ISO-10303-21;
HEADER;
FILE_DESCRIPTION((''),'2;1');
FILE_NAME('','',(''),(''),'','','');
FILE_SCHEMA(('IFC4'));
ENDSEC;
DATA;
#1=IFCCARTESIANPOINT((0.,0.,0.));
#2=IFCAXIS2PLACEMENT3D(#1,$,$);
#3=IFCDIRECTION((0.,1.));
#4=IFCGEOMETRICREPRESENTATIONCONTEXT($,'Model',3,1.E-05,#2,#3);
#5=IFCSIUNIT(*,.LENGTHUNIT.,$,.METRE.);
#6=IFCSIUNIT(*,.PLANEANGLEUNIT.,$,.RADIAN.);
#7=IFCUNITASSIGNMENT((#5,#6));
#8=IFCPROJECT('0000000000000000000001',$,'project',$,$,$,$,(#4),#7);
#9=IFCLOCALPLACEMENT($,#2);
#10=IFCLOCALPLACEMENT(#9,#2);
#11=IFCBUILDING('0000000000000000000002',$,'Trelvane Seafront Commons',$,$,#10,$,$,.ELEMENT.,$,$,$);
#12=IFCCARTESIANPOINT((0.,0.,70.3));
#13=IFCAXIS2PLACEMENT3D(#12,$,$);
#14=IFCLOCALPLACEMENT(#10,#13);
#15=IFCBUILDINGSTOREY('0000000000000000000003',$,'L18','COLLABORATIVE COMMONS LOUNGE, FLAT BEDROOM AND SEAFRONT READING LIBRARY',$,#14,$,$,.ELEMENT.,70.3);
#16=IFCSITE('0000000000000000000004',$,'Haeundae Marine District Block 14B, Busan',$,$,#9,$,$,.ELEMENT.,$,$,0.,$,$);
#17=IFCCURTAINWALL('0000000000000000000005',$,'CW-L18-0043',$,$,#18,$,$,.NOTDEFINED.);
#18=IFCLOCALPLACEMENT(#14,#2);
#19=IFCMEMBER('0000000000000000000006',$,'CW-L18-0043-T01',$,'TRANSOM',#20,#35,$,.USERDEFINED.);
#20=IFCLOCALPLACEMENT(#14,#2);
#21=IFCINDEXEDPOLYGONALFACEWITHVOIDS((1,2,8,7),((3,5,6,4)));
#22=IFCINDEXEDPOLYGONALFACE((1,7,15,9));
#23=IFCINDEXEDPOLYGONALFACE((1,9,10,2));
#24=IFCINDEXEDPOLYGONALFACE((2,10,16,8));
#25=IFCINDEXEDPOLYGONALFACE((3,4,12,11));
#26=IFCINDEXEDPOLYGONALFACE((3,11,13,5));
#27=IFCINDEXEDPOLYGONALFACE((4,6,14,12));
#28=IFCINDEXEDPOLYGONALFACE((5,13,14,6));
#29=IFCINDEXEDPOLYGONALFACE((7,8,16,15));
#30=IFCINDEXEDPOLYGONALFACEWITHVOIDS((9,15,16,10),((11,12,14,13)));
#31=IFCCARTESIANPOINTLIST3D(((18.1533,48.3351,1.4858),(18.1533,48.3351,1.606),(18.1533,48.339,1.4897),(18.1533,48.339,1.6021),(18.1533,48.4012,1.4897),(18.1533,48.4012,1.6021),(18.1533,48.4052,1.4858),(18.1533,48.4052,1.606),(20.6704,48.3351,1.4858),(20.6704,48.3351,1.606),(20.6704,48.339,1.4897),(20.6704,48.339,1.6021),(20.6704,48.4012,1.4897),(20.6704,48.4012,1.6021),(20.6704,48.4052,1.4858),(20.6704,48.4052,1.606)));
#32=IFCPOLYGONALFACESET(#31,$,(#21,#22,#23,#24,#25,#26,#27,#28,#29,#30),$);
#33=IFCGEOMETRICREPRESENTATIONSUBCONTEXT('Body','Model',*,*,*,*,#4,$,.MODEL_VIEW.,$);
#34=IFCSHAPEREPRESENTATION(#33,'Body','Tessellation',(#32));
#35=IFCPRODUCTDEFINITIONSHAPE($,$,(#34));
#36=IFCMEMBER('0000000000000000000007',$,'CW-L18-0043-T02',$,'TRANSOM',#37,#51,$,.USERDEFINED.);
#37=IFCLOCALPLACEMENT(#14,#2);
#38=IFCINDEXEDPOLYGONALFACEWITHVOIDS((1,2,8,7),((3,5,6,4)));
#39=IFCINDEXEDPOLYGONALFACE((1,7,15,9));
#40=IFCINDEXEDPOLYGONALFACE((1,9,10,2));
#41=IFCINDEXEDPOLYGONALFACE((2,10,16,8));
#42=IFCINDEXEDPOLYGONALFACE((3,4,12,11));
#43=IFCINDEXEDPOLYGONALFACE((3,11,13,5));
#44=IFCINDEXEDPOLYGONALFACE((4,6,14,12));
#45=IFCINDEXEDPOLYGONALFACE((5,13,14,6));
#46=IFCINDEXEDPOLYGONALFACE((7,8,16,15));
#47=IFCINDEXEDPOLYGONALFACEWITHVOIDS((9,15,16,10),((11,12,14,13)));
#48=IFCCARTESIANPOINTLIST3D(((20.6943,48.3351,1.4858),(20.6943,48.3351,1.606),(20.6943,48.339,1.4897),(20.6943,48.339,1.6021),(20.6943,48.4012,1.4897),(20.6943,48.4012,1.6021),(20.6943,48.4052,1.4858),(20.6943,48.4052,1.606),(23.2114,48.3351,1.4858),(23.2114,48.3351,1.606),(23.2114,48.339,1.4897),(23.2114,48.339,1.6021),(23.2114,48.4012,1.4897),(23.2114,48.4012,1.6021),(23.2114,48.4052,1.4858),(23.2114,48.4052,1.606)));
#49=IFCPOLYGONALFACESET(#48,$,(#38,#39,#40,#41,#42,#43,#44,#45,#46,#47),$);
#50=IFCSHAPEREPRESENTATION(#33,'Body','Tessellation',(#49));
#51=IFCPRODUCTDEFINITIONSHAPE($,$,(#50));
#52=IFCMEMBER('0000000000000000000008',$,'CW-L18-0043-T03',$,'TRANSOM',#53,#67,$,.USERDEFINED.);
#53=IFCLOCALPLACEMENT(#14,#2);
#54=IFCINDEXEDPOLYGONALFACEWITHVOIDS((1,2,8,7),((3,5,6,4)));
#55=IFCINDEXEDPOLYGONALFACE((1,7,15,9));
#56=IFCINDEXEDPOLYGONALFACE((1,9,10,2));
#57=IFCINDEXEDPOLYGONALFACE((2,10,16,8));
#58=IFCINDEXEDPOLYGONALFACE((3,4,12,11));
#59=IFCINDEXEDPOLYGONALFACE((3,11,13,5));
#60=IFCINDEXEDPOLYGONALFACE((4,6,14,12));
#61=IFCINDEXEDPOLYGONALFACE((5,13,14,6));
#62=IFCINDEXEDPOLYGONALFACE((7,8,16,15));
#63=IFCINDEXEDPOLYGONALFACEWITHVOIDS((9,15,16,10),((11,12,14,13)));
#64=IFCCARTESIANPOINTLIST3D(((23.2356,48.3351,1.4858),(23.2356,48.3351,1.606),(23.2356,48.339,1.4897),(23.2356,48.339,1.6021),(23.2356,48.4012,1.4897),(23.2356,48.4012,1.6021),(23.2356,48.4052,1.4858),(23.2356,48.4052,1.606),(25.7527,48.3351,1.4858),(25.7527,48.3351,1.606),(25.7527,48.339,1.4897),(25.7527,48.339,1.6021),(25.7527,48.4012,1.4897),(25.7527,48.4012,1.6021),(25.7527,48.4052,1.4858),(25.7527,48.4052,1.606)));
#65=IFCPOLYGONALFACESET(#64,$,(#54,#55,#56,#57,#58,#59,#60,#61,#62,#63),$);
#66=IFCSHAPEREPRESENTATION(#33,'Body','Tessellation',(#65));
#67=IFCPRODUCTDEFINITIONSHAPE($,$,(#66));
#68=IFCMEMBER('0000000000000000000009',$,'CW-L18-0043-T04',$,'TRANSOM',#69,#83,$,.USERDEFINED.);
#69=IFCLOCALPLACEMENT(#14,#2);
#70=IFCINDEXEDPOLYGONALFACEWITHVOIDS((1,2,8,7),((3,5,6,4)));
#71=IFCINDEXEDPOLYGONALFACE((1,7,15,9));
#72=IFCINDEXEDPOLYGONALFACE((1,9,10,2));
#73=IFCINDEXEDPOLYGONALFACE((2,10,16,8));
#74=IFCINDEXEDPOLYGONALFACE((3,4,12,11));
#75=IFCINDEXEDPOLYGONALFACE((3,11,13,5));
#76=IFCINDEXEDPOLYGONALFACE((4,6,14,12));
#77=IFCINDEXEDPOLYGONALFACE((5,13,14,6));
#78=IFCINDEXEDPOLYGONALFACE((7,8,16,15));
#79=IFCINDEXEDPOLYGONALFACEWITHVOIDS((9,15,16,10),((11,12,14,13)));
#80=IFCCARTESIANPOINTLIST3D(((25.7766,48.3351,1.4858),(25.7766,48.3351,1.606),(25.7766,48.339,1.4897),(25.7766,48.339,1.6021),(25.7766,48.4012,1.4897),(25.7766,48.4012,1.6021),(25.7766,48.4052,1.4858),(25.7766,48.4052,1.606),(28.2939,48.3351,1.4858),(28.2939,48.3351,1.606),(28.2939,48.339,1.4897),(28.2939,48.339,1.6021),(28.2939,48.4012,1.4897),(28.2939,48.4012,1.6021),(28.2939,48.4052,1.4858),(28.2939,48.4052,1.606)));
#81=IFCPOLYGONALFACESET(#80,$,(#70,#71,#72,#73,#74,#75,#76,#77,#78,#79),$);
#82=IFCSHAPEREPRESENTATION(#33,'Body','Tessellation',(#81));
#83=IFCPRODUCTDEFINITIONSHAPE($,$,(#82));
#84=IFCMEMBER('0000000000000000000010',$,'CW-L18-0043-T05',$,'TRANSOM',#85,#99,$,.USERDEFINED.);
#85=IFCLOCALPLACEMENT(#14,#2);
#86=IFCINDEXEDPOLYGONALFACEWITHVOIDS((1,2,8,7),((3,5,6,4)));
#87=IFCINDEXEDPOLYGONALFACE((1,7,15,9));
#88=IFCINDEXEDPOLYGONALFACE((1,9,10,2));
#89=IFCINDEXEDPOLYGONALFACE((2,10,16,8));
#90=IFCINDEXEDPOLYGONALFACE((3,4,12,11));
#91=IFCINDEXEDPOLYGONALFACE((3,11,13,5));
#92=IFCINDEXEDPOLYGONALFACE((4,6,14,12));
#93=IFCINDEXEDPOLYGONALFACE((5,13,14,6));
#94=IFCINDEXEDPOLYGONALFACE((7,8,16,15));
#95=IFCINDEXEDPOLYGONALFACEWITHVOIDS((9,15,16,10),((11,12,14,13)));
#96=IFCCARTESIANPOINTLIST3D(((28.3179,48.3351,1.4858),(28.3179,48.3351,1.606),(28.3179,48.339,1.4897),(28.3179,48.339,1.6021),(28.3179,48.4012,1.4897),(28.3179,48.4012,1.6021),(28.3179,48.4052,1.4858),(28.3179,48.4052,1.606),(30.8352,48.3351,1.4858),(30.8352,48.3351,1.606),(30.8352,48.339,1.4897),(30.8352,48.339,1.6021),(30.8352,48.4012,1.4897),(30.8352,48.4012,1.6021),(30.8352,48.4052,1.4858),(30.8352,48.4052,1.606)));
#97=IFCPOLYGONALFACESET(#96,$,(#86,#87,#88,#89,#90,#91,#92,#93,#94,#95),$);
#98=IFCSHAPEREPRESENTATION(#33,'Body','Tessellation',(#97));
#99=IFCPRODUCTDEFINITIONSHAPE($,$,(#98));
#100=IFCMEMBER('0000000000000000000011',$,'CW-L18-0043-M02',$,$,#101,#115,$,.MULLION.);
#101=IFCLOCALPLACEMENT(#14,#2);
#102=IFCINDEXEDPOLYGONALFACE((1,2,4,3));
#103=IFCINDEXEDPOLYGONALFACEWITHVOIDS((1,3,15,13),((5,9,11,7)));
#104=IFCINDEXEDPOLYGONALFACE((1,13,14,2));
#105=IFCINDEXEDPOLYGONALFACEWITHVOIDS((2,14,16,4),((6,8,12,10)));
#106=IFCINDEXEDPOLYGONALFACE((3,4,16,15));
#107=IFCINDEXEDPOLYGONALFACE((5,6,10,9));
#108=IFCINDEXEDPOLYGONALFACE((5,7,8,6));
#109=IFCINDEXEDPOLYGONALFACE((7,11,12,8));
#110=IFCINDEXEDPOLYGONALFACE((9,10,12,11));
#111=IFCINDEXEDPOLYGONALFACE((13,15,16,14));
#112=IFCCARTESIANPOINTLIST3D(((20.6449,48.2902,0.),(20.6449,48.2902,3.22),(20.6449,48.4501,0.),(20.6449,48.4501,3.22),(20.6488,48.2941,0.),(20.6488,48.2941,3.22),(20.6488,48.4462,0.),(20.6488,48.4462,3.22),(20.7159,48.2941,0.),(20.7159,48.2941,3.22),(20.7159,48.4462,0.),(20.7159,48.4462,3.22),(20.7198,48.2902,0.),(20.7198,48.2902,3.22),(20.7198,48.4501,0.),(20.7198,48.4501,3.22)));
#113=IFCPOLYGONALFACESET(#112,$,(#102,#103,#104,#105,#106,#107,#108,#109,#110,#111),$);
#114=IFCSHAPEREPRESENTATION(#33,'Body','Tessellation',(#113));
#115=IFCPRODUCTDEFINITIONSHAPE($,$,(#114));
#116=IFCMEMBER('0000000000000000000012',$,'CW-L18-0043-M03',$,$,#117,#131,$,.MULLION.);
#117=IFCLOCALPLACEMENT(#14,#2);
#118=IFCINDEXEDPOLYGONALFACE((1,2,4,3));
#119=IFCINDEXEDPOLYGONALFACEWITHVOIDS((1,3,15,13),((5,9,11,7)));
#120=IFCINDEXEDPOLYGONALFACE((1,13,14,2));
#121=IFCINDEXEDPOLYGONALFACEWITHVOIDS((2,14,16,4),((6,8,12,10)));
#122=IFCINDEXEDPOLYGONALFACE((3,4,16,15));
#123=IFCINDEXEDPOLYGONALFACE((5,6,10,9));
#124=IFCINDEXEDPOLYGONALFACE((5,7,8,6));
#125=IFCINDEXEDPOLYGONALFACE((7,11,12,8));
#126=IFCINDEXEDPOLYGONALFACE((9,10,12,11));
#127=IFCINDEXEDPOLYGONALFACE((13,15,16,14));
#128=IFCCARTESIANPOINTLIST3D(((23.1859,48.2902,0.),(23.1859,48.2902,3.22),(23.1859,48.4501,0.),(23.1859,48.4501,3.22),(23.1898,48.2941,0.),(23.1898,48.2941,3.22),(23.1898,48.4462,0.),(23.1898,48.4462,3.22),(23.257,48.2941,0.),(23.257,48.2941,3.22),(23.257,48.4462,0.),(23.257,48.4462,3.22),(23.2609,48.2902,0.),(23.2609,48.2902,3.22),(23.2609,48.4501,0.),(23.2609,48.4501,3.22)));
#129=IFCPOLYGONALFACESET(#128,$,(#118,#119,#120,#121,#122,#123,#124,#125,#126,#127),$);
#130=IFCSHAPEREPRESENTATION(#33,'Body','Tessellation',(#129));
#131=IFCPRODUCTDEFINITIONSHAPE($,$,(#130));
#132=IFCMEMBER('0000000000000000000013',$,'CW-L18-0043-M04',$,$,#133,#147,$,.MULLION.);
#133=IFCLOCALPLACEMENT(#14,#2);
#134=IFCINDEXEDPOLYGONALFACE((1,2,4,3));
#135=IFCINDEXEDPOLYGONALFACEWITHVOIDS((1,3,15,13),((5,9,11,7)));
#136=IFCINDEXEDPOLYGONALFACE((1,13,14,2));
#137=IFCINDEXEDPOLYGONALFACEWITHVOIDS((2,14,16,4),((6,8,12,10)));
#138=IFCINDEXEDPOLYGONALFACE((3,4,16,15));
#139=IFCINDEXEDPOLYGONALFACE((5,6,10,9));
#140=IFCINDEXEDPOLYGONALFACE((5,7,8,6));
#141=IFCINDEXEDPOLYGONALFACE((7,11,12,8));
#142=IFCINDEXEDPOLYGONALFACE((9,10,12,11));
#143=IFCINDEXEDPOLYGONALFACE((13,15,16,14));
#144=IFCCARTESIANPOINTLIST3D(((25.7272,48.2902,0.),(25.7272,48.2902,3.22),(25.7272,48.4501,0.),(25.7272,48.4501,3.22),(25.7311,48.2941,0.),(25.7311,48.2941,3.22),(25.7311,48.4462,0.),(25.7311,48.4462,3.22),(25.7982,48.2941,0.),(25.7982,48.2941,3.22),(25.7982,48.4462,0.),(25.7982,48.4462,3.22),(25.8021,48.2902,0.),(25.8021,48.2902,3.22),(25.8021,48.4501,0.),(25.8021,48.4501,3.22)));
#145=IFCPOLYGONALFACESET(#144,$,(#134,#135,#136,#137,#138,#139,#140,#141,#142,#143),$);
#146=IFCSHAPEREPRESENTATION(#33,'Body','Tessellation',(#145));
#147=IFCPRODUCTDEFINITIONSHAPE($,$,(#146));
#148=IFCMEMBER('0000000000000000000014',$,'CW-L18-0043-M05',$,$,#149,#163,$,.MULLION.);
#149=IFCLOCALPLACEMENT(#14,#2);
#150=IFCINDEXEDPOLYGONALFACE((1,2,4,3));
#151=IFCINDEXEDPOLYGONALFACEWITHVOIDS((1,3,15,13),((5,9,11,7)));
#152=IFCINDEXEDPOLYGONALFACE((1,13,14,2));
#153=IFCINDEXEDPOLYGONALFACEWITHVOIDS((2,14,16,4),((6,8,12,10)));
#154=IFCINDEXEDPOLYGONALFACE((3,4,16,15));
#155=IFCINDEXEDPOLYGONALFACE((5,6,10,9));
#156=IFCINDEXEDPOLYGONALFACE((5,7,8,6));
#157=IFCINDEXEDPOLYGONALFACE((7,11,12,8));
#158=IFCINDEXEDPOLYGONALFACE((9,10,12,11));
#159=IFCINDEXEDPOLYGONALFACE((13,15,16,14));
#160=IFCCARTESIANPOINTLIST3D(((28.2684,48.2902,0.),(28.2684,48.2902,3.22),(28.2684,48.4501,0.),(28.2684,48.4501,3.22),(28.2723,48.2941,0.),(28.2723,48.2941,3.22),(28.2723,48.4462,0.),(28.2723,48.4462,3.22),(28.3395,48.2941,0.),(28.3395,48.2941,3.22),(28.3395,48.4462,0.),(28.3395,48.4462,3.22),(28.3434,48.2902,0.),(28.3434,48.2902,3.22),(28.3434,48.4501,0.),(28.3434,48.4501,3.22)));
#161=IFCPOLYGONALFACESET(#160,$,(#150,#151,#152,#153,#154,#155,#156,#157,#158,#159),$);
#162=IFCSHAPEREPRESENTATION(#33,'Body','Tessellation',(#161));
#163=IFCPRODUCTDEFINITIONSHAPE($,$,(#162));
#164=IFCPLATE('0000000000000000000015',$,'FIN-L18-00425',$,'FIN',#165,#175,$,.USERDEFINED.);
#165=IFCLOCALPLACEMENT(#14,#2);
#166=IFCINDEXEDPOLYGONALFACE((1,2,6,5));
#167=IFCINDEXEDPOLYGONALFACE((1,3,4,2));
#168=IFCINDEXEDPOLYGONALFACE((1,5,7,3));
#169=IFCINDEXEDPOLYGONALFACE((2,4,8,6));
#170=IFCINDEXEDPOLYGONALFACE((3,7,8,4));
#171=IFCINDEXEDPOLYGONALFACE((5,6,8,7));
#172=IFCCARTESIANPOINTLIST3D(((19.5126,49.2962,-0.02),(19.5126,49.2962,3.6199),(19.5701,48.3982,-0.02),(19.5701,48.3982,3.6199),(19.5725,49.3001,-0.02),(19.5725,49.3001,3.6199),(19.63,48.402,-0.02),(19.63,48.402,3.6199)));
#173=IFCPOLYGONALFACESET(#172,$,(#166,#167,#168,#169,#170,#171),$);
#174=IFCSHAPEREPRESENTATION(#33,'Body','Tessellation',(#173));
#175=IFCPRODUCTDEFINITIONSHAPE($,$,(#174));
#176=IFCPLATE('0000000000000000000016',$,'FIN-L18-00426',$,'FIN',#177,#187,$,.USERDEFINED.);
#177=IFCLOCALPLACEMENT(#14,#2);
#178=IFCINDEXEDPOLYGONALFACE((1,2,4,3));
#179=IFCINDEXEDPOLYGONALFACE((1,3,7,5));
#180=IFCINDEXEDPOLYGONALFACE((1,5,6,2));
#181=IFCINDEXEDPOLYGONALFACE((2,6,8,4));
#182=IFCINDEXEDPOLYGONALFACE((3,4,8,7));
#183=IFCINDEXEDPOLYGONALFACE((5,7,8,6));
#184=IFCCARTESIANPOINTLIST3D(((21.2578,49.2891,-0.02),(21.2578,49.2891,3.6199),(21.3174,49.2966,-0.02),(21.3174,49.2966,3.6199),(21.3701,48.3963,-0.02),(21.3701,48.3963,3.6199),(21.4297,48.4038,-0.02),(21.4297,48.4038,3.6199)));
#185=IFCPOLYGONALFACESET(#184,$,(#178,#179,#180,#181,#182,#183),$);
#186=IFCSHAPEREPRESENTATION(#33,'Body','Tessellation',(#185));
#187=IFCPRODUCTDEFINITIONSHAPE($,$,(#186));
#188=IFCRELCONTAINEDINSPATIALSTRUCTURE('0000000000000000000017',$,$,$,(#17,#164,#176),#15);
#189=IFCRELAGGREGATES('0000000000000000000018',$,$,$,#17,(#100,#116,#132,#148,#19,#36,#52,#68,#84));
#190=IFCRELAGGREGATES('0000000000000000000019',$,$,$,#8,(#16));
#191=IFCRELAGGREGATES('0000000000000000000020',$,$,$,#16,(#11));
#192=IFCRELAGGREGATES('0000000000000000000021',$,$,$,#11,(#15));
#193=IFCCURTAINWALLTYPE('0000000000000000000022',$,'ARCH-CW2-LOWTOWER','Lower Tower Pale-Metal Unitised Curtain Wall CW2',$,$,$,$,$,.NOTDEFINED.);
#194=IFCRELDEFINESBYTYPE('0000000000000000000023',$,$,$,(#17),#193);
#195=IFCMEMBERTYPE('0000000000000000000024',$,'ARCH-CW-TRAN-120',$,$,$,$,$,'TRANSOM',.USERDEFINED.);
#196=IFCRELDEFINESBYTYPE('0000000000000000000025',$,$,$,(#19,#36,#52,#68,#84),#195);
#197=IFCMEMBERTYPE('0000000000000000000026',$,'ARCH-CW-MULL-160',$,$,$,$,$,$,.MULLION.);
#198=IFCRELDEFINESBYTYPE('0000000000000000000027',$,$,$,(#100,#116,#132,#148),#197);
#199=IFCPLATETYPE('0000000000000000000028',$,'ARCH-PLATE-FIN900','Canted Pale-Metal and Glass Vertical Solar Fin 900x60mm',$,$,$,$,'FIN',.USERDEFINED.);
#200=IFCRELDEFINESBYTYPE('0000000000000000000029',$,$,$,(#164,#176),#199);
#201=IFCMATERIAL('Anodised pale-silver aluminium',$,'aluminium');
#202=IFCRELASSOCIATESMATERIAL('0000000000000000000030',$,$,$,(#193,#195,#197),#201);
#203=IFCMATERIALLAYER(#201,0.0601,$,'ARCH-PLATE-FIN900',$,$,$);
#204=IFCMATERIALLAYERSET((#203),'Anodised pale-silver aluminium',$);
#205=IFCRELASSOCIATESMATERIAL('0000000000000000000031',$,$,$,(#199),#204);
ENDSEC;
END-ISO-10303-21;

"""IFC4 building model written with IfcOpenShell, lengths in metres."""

from ifc_helpers import new_model, si_unit, direction, frame, origin, origin_2d, place, context, subcontext, project, spatial, rectangle, hollow_rectangle, extrude, source, transform, mapped, material, layer, layer_set, material_profile, profile_set, type_object, element, aggregate, save


model = new_model("IFC4")

# Units and contexts
model_context = context("Model", 3, precision=1e-05, world=origin(), true_north=direction((0.0, 1.0)))
body_context = subcontext(model_context, "Body", "Model", "MODEL_VIEW")
ifc_project = project(units=[si_unit("LENGTHUNIT", "METRE"), si_unit("PLANEANGLEUNIT", "RADIAN")], contexts=[model_context])

# Site, building, storey
site_placement = place(None, origin())
site = spatial("IfcSite", under=ifc_project, at=site_placement, Name="Haeundae Marine District Block 14B, Busan", CompositionType="ELEMENT", RefElevation=0.0)
building_placement = place(site_placement, origin())
building = spatial("IfcBuilding", under=site, at=building_placement, Name="Trelvane Seafront Commons", CompositionType="ELEMENT")
storey_placement = place(building_placement, frame((0.0, 0.0, 70.3)))
storey = spatial("IfcBuildingStorey", under=building, at=storey_placement, Name="L18", Description="COLLABORATIVE COMMONS LOUNGE, FLAT BEDROOM AND SEAFRONT READING LIBRARY", CompositionType="ELEMENT", Elevation=70.3)

# Curtain wall, members
ifc_material_1 = material(Name="Anodised pale-silver aluminium", Category="aluminium")
curtain_wall_type = type_object("IfcCurtainWallType", Name="ARCH-CW2-LOWTOWER", Description="Lower Tower Pale-Metal Unitised Curtain Wall CW2", PredefinedType="NOTDEFINED", material=ifc_material_1)
curtain_wall_placement = place(storey_placement, origin())
curtain_wall = element("IfcCurtainWall", 1, at=curtain_wall_placement, inside=storey, type_object=curtain_wall_type, Name="CW-L18-0043", PredefinedType="NOTDEFINED")
ifc_material_profile_1 = material_profile(ifc_material_1, hollow_rectangle(XDim=0.0701, YDim=0.1201, WallThickness=0.0039, at=origin_2d()), Name="TRAN-70x120x4")
ifc_profile_set_1 = profile_set([ifc_material_profile_1], Name="Anodised pale-silver aluminium")
member_type_1 = type_object("IfcMemberType", Name="ARCH-CW-TRAN-120", ElementType="TRANSOM", PredefinedType="USERDEFINED", material=ifc_profile_set_1)
shared_shape_1 = source(origin(), body_context, "Body", "SweptSolid", [
    extrude(hollow_rectangle(XDim=0.0701, YDim=0.1201, WallThickness=0.0039, at=origin_2d()), origin(), (0.0, 0.0, 1.0), 2.5171),
])
member_1_placement = place(storey_placement, frame((18.1533, 48.3701, 1.5459), z_axis=(1.0, 0.0, 0.0), x_axis=(0.0, 1.0, 0.0)))
member_1 = element("IfcMember", 2, at=member_1_placement, type_object=member_type_1, Name="CW-L18-0043-T01", ObjectType="TRANSOM", PredefinedType="USERDEFINED", context=body_context, shape_type="MappedRepresentation", body=[
    mapped(shared_shape_1, transform((0.0, 0.0, 0.0), x_axis=(1.0, 0.0, 0.0), y_axis=(0.0, 1.0, 0.0), z_axis=(0.0, 0.0, 1.0), scale=1.0)),
])
member_2_placement = place(storey_placement, frame((20.6943, 48.3701, 1.5459), z_axis=(1.0, 0.0, 0.0), x_axis=(0.0, 1.0, 0.0)))
member_2 = element("IfcMember", 3, at=member_2_placement, type_object=member_type_1, Name="CW-L18-0043-T02", ObjectType="TRANSOM", PredefinedType="USERDEFINED", context=body_context, shape_type="MappedRepresentation", body=[
    mapped(shared_shape_1, transform((0.0, 0.0, 0.0), x_axis=(1.0, 0.0, 0.0), y_axis=(0.0, 1.0, 0.0), z_axis=(0.0, 0.0, 1.0), scale=1.0)),
])
member_3_placement = place(storey_placement, frame((23.2356, 48.3701, 1.5459), z_axis=(1.0, 0.0, 0.0), x_axis=(0.0, 1.0, 0.0)))
member_3 = element("IfcMember", 4, at=member_3_placement, type_object=member_type_1, Name="CW-L18-0043-T03", ObjectType="TRANSOM", PredefinedType="USERDEFINED", context=body_context, shape_type="MappedRepresentation", body=[
    mapped(shared_shape_1, transform((0.0, 0.0, 0.0), x_axis=(1.0, 0.0, 0.0), y_axis=(0.0, 1.0, 0.0), z_axis=(0.0, 0.0, 1.0), scale=1.0)),
])
shared_shape_2 = source(origin(), body_context, "Body", "SweptSolid", [
    extrude(hollow_rectangle(XDim=0.0701, YDim=0.1201, WallThickness=0.0039, at=origin_2d()), origin(), (0.0, 0.0, 1.0), 2.5173),
])
member_4_placement = place(storey_placement, frame((25.7766, 48.3701, 1.5459), z_axis=(1.0, 0.0, 0.0), x_axis=(0.0, 1.0, 0.0)))
member_4 = element("IfcMember", 5, at=member_4_placement, type_object=member_type_1, Name="CW-L18-0043-T04", ObjectType="TRANSOM", PredefinedType="USERDEFINED", context=body_context, shape_type="MappedRepresentation", body=[
    mapped(shared_shape_2, transform((0.0, 0.0, 0.0), x_axis=(1.0, 0.0, 0.0), y_axis=(0.0, 1.0, 0.0), z_axis=(0.0, 0.0, 1.0), scale=1.0)),
])
member_5_placement = place(storey_placement, frame((28.3179, 48.3701, 1.5459), z_axis=(1.0, 0.0, 0.0), x_axis=(0.0, 1.0, 0.0)))
member_5 = element("IfcMember", 6, at=member_5_placement, type_object=member_type_1, Name="CW-L18-0043-T05", ObjectType="TRANSOM", PredefinedType="USERDEFINED", context=body_context, shape_type="MappedRepresentation", body=[
    mapped(shared_shape_2, transform((0.0, 0.0, 0.0), x_axis=(1.0, 0.0, 0.0), y_axis=(0.0, 1.0, 0.0), z_axis=(0.0, 0.0, 1.0), scale=1.0)),
])
ifc_material_profile_2 = material_profile(ifc_material_1, hollow_rectangle(XDim=0.075, YDim=0.1599, WallThickness=0.0039, at=origin_2d()), Name="MULL-75x160x4")
ifc_profile_set_2 = profile_set([ifc_material_profile_2], Name="Anodised pale-silver aluminium")
member_type_2 = type_object("IfcMemberType", Name="ARCH-CW-MULL-160", PredefinedType="MULLION", material=ifc_profile_set_2)
shared_shape_3 = source(origin(), body_context, "Body", "SweptSolid", [
    extrude(hollow_rectangle(XDim=0.075, YDim=0.1599, WallThickness=0.0039, at=origin_2d()), origin(), (0.0, 0.0, 1.0), 3.22),
])
member_6_placement = place(storey_placement, frame((20.6824, 48.3701, 0.0), z_axis=(0.0, 0.0, 1.0), x_axis=(1.0, 0.0, 0.0)))
member_6 = element("IfcMember", 7, at=member_6_placement, type_object=member_type_2, Name="CW-L18-0043-M02", PredefinedType="MULLION", context=body_context, shape_type="MappedRepresentation", body=[
    mapped(shared_shape_3, transform((0.0, 0.0, 0.0), x_axis=(1.0, 0.0, 0.0), y_axis=(0.0, 1.0, 0.0), z_axis=(0.0, 0.0, 1.0), scale=1.0)),
])
member_7_placement = place(storey_placement, frame((23.2234, 48.3701, 0.0), z_axis=(0.0, 0.0, 1.0), x_axis=(1.0, 0.0, 0.0)))
member_7 = element("IfcMember", 8, at=member_7_placement, type_object=member_type_2, Name="CW-L18-0043-M03", PredefinedType="MULLION", context=body_context, shape_type="MappedRepresentation", body=[
    mapped(shared_shape_3, transform((0.0, 0.0, 0.0), x_axis=(1.0, 0.0, 0.0), y_axis=(0.0, 1.0, 0.0), z_axis=(0.0, 0.0, 1.0), scale=1.0)),
])
member_8_placement = place(storey_placement, frame((25.7646, 48.3701, 0.0), z_axis=(0.0, 0.0, 1.0), x_axis=(1.0, 0.0, 0.0)))
member_8 = element("IfcMember", 9, at=member_8_placement, type_object=member_type_2, Name="CW-L18-0043-M04", PredefinedType="MULLION", context=body_context, shape_type="MappedRepresentation", body=[
    mapped(shared_shape_3, transform((0.0, 0.0, 0.0), x_axis=(1.0, 0.0, 0.0), y_axis=(0.0, 1.0, 0.0), z_axis=(0.0, 0.0, 1.0), scale=1.0)),
])
member_9_placement = place(storey_placement, frame((28.3059, 48.3701, 0.0), z_axis=(0.0, 0.0, 1.0), x_axis=(1.0, 0.0, 0.0)))
member_9 = element("IfcMember", 10, at=member_9_placement, type_object=member_type_2, Name="CW-L18-0043-M05", PredefinedType="MULLION", context=body_context, shape_type="MappedRepresentation", body=[
    mapped(shared_shape_3, transform((0.0, 0.0, 0.0), x_axis=(1.0, 0.0, 0.0), y_axis=(0.0, 1.0, 0.0), z_axis=(0.0, 0.0, 1.0), scale=1.0)),
])

# Plates
ifc_layer_1 = layer(ifc_material_1, 0.0601, Name="ARCH-PLATE-FIN900")
ifc_layer_set_1 = layer_set([ifc_layer_1], Name="Anodised pale-silver aluminium")
plate_type_1 = type_object("IfcPlateType", Name="ARCH-PLATE-FIN900", Description="Canted Pale-Metal and Glass Vertical Solar Fin 900x60mm", ElementType="FIN", PredefinedType="USERDEFINED", material=ifc_layer_set_1)
shared_shape_4 = source(origin(), body_context, "Body", "SweptSolid", [
    extrude(rectangle(XDim=0.8999, YDim=0.0601, at=origin_2d()), origin(), (0.0, 0.0, 1.0), 3.6399),
])
for number, where, z_axis, x_axis, name in (
    (11, (19.5713, 48.8491, -0.02), (0.0, 0.0, 1.0), (-0.063886, 0.997957, 0.0), "FIN-L18-00425"),
    (12, (21.3438, 48.8464, -0.02), (0.0, 0.0, 1.0), (-0.124883, 0.992171, 0.0), "FIN-L18-00426"),
):
    element("IfcPlate", number, at=place(storey_placement, frame(where, z_axis=z_axis, x_axis=x_axis)), inside=storey, type_object=plate_type_1, Name=name, ObjectType="FIN", PredefinedType="USERDEFINED", context=body_context, shape_type="MappedRepresentation", body=[
        mapped(shared_shape_4, transform((0.0, 0.0, 0.0), x_axis=(1.0, 0.0, 0.0), y_axis=(0.0, 1.0, 0.0), z_axis=(0.0, 0.0, 1.0), scale=1.0)),
    ])

aggregate(curtain_wall, [member_6, member_7, member_8, member_9, member_1, member_2, member_3, member_4, member_5])

save(model, "model.ifc")
